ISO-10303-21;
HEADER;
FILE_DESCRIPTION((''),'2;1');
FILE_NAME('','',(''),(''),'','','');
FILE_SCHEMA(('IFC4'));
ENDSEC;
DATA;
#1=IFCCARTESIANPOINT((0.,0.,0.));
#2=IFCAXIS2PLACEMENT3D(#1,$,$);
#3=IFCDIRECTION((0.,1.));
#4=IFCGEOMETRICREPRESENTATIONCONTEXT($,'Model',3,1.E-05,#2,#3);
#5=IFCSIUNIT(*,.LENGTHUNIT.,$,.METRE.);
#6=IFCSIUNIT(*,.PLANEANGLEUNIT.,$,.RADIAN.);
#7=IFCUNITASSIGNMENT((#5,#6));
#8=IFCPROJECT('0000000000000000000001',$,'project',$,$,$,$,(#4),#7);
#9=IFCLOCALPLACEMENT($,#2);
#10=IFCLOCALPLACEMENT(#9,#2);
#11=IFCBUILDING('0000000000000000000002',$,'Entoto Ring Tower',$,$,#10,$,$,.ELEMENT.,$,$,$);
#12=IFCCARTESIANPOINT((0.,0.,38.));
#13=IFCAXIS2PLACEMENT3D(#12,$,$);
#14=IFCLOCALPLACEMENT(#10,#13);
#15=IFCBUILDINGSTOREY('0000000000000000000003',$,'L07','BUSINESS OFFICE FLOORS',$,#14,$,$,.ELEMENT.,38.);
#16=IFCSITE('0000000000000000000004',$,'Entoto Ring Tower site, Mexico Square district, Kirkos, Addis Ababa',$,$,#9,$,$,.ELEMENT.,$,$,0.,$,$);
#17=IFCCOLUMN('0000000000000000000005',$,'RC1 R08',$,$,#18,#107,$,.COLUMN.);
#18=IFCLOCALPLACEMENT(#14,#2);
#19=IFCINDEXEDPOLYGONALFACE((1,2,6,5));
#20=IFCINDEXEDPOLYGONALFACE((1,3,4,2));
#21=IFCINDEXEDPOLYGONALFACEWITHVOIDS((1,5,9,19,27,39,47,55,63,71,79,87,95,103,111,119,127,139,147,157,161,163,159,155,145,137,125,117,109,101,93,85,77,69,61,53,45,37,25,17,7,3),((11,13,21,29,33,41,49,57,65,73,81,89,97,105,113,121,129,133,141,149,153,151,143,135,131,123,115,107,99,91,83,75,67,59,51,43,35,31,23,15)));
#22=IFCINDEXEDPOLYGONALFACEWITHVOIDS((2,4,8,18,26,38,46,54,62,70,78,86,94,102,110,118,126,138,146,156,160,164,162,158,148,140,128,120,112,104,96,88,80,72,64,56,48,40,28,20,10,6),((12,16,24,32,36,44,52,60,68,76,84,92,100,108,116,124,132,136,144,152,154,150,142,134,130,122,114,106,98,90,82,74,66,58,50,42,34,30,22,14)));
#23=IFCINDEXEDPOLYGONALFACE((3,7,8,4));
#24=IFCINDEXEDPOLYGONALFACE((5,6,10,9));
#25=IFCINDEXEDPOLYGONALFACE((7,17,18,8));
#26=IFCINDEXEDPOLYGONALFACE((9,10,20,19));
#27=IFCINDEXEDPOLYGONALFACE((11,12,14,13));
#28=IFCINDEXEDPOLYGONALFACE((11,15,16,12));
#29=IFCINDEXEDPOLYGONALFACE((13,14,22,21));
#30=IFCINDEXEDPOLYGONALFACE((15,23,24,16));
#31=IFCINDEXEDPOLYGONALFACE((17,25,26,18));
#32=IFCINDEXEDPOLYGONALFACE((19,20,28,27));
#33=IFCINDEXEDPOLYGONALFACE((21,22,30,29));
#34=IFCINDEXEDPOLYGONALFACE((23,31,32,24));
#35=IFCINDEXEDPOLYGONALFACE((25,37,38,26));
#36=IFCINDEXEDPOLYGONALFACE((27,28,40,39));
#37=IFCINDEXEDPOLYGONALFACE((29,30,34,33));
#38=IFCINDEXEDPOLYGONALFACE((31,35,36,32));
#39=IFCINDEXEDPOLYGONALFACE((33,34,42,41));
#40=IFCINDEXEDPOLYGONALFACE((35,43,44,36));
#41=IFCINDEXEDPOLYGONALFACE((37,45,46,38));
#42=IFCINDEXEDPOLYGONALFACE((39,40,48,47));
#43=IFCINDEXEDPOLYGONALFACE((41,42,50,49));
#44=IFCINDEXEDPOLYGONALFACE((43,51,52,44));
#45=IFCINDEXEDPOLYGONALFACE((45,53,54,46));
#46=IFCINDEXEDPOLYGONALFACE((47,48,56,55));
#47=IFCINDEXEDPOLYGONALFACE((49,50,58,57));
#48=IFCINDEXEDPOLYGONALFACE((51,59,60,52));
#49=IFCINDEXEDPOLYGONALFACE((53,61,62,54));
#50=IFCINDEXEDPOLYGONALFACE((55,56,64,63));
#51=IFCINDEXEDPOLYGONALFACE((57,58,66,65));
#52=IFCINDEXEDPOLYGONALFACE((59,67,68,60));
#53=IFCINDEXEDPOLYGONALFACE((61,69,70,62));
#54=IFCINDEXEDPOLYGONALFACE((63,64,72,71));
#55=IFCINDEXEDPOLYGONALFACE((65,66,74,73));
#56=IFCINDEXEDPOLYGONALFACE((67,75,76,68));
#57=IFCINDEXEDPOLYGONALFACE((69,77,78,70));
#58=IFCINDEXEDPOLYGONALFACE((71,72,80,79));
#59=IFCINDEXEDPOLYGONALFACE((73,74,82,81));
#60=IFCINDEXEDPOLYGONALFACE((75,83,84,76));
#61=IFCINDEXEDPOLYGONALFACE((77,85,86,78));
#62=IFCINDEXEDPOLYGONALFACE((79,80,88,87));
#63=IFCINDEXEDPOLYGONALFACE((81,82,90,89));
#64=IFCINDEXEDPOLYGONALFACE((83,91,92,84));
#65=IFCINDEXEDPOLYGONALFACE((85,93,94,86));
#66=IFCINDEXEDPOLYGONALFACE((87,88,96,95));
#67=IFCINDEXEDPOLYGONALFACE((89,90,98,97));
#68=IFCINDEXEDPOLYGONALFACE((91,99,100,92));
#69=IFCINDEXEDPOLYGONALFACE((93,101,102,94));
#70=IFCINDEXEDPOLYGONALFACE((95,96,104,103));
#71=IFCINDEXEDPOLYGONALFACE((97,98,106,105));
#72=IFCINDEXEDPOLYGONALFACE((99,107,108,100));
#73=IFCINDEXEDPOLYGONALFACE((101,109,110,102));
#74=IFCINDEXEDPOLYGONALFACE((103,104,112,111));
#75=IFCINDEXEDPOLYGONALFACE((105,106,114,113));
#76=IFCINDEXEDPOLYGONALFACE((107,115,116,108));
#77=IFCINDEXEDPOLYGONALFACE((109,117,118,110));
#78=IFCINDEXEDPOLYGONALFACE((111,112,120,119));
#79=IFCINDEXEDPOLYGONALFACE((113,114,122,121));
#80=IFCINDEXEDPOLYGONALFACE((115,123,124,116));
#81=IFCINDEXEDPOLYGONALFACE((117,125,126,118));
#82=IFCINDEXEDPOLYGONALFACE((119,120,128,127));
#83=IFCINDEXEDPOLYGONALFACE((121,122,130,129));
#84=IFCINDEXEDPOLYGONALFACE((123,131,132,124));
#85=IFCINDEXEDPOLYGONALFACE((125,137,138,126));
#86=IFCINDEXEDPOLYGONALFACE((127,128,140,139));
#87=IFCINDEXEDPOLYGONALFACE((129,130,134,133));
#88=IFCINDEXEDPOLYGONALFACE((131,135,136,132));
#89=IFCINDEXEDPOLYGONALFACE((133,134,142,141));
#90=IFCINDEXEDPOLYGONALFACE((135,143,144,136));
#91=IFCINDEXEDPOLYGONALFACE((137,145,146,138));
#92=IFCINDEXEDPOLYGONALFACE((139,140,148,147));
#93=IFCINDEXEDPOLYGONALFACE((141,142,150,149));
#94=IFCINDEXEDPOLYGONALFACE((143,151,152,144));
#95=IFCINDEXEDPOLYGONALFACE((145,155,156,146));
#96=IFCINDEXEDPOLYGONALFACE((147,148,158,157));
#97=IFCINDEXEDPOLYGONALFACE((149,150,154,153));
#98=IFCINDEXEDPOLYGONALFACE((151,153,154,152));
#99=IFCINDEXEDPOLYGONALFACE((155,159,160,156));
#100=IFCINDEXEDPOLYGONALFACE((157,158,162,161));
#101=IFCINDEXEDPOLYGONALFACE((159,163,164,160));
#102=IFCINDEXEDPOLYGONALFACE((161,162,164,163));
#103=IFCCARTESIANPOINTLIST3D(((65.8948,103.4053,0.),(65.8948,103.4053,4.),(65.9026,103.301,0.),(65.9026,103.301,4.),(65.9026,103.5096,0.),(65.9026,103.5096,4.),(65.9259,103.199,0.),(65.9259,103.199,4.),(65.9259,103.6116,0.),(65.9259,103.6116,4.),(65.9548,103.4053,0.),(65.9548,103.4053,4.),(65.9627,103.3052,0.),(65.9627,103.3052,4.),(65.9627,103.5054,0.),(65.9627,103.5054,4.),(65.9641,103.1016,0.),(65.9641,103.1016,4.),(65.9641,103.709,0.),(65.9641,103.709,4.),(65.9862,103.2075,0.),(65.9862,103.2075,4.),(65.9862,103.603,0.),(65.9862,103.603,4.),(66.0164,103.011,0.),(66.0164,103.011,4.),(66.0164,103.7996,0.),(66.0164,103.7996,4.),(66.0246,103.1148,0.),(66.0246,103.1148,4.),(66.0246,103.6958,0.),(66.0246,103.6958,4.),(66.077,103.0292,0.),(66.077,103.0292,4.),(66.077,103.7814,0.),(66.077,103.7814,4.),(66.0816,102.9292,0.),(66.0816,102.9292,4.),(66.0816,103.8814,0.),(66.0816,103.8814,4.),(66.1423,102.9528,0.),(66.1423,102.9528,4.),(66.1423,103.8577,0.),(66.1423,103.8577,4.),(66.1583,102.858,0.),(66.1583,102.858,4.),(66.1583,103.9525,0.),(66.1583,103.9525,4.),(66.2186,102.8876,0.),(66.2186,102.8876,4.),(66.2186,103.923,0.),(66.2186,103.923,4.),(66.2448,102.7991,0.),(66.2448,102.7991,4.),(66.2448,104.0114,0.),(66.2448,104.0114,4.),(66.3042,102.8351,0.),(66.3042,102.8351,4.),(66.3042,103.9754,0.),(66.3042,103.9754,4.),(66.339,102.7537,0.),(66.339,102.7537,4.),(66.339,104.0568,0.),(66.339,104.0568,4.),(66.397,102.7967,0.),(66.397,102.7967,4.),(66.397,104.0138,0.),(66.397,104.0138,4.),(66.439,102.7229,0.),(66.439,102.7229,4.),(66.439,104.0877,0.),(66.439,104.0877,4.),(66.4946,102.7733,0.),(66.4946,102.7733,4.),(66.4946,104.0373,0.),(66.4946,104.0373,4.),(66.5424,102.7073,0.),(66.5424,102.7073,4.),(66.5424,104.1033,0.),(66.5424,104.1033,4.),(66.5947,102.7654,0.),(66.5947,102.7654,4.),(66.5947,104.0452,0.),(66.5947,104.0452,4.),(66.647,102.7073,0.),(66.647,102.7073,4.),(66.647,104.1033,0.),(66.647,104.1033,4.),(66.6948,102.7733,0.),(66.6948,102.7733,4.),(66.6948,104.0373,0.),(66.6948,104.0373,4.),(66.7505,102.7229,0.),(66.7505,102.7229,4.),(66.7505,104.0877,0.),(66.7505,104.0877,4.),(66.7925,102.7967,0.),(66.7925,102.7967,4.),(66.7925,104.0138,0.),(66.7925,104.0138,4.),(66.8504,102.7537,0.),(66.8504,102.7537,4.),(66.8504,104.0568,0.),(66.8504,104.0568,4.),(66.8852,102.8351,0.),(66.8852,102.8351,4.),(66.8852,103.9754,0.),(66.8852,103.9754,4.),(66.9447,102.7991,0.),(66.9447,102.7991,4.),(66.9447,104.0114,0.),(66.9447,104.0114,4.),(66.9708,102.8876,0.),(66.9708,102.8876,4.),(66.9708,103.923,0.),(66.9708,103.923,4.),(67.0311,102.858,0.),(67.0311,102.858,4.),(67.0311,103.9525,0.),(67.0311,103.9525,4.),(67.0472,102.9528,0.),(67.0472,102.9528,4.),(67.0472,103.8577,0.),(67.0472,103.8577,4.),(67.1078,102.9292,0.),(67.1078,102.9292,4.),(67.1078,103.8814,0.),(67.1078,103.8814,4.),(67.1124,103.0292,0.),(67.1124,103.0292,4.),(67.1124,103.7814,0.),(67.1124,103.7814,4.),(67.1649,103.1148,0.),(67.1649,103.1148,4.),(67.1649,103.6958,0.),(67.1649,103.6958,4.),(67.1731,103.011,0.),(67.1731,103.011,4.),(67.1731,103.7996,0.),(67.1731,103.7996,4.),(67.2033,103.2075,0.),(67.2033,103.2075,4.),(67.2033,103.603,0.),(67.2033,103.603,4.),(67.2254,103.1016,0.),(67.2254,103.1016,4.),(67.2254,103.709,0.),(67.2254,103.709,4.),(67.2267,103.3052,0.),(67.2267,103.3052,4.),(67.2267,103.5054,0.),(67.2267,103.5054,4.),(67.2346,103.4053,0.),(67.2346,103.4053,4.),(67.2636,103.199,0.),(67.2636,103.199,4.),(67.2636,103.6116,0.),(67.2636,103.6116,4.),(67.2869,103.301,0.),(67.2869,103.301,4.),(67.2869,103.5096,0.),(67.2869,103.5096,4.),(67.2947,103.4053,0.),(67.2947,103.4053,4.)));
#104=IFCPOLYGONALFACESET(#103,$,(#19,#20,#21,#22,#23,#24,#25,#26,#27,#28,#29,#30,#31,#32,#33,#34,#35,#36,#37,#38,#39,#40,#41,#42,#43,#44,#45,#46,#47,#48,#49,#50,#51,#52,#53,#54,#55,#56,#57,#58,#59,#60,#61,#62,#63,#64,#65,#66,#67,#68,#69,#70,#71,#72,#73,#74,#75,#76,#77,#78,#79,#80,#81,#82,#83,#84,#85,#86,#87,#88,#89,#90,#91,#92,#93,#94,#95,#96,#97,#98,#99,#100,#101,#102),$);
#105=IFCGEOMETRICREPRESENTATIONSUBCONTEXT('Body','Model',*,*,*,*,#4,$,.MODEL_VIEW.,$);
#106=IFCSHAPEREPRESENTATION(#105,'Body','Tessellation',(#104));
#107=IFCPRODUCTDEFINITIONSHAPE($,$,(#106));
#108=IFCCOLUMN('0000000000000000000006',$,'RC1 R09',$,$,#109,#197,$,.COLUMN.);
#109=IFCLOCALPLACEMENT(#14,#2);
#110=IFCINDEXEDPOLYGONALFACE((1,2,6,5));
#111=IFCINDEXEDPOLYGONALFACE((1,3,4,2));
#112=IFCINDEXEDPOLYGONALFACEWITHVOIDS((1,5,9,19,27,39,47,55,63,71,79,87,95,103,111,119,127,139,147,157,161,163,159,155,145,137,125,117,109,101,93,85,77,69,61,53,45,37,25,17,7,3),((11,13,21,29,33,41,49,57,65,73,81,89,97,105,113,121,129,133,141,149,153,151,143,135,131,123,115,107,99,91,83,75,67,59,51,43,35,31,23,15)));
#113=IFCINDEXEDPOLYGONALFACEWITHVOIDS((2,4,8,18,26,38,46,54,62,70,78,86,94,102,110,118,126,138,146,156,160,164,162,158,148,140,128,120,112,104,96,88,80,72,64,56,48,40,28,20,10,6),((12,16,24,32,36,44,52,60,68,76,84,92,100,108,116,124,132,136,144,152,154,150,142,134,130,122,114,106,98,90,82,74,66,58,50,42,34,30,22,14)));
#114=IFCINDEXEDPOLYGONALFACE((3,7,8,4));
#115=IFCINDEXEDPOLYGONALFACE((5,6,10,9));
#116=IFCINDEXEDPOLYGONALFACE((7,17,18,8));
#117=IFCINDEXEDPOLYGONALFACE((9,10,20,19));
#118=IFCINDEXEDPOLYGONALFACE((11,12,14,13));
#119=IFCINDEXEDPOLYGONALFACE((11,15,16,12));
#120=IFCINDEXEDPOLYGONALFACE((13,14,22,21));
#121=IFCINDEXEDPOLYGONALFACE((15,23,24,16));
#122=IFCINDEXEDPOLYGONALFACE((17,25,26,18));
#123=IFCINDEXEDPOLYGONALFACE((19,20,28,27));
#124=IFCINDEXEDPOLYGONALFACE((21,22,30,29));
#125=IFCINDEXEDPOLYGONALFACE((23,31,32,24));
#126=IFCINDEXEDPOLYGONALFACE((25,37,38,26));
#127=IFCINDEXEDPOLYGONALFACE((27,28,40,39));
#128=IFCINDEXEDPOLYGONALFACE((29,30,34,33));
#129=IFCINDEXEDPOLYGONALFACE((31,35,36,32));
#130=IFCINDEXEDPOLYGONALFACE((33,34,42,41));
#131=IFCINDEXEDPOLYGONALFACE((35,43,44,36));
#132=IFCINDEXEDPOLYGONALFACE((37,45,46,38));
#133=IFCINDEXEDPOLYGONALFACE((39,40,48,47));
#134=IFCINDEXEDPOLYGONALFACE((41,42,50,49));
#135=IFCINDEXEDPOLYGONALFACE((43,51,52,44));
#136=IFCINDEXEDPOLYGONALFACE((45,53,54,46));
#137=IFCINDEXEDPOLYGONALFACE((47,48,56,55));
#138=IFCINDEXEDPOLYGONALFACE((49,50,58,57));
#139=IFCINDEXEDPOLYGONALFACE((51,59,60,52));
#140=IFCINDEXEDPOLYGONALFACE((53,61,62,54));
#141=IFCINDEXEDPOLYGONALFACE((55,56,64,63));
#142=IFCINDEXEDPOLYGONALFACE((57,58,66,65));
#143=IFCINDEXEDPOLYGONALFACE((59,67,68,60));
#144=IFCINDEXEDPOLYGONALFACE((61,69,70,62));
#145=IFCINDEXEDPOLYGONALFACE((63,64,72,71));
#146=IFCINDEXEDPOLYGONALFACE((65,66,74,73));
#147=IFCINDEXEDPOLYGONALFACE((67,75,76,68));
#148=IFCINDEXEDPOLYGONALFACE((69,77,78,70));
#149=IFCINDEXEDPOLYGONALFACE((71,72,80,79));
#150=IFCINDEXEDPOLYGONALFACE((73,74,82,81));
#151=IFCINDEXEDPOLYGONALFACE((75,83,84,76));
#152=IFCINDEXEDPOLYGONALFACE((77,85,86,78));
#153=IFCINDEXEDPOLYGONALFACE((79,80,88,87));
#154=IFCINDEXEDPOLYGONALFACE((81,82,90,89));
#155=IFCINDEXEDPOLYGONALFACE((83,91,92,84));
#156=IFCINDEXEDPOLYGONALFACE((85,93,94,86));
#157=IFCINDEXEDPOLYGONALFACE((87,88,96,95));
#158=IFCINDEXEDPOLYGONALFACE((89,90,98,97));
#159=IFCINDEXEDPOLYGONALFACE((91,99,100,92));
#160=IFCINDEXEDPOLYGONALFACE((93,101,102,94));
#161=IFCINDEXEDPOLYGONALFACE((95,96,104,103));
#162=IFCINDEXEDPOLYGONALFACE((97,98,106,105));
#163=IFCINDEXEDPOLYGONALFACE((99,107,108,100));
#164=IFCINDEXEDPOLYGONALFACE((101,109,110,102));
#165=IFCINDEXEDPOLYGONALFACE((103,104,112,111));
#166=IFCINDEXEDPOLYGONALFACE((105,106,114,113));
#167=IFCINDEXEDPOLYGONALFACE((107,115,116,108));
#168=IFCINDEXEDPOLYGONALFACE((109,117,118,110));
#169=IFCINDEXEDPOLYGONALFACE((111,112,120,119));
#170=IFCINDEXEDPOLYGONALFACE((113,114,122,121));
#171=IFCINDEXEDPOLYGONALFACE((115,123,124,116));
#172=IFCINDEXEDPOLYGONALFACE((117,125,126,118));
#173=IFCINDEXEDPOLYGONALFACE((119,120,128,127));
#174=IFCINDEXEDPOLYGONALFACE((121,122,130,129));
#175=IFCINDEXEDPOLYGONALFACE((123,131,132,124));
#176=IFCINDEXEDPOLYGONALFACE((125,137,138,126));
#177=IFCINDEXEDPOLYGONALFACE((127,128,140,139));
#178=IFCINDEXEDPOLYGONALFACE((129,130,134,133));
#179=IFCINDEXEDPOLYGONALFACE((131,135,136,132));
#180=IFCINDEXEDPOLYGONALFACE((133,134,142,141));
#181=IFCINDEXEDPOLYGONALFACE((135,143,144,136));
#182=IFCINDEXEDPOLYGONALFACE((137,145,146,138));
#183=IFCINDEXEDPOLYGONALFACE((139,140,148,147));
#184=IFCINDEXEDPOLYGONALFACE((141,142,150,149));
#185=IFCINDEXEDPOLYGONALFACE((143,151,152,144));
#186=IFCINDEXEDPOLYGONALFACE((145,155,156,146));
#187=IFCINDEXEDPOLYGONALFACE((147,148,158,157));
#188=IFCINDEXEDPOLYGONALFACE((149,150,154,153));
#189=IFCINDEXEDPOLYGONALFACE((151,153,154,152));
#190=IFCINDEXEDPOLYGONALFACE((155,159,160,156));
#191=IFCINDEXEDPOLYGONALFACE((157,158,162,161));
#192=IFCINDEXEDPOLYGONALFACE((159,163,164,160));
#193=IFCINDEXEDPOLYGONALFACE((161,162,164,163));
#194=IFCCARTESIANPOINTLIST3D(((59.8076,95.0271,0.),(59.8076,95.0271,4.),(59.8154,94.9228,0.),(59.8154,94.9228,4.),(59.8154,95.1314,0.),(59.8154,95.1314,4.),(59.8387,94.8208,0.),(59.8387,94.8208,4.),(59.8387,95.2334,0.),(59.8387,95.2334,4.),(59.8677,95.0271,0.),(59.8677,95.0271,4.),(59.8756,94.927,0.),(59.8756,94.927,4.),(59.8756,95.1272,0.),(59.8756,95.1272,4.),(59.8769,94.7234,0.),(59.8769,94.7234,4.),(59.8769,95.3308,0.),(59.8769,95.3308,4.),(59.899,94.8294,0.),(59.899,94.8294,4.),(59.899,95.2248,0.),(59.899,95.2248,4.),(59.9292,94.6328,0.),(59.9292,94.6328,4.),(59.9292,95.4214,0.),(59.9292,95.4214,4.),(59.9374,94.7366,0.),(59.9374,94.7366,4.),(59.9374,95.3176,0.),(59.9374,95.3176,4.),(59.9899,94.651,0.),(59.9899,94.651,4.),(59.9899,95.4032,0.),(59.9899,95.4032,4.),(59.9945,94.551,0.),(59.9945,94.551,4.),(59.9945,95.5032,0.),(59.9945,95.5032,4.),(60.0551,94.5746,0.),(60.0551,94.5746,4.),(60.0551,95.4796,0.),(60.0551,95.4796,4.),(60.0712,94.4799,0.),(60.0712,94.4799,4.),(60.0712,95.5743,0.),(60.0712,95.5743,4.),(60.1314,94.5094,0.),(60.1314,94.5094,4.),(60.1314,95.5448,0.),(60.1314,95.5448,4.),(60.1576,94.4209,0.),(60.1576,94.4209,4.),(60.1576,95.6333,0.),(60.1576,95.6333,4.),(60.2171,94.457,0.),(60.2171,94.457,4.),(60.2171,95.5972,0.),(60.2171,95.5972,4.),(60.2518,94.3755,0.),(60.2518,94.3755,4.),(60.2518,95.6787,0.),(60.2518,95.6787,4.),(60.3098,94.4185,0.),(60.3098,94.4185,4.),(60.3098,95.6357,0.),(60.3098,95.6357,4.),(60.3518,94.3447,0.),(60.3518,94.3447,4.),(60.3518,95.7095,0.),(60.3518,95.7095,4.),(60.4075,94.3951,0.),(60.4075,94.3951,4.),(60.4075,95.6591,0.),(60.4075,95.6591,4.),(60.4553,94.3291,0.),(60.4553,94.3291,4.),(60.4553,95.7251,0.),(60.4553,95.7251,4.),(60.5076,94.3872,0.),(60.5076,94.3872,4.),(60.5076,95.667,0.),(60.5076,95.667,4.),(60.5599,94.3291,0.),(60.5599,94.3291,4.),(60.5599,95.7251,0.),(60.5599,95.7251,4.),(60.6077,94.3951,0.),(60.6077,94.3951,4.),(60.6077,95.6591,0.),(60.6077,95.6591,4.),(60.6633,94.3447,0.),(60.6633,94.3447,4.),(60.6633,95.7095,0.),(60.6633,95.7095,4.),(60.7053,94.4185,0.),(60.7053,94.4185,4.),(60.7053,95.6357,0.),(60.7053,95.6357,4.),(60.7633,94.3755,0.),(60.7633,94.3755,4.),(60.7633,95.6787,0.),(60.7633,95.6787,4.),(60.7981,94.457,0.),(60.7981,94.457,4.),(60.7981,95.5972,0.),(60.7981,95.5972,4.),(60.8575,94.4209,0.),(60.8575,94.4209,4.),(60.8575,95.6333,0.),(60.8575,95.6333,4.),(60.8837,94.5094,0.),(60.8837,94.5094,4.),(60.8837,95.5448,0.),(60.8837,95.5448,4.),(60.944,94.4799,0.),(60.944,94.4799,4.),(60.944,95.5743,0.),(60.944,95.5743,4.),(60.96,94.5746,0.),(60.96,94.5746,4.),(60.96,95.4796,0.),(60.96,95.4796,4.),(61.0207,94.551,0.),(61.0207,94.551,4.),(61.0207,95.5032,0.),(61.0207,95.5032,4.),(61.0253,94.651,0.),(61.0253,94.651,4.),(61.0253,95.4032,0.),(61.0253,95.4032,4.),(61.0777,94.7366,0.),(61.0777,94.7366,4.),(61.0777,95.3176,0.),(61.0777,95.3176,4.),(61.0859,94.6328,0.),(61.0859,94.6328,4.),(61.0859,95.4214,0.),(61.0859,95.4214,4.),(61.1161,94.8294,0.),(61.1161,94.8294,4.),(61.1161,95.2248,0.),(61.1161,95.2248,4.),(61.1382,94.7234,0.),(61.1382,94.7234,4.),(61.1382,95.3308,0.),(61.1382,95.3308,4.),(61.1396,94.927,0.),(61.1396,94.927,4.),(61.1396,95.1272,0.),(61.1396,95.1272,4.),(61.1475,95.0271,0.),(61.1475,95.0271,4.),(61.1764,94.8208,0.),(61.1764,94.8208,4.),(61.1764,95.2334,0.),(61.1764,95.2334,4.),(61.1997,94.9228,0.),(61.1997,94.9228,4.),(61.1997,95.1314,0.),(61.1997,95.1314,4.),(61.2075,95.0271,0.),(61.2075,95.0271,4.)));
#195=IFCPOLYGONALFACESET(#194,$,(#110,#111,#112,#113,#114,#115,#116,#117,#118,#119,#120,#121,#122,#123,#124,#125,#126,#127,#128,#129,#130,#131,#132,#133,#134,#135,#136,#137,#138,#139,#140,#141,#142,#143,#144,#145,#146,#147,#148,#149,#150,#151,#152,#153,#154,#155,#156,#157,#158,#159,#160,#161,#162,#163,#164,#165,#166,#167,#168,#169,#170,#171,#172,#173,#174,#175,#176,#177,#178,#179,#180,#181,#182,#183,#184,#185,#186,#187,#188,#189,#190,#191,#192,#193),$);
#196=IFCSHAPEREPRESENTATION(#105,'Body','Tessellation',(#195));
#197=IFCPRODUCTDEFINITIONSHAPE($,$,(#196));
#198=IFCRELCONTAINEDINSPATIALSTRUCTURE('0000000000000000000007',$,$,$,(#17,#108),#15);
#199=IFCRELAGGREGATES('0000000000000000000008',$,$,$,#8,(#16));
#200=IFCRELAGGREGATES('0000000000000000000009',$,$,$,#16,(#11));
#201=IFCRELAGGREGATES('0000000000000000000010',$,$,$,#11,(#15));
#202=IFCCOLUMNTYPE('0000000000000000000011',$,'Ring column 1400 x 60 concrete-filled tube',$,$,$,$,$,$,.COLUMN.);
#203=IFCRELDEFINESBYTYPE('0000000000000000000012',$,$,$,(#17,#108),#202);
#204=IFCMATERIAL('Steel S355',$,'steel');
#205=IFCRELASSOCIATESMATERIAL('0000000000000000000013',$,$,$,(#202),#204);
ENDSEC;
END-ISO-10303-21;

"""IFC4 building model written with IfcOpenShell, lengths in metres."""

from ifc_helpers import new_model, si_unit, direction, frame, origin, origin_2d, place, context, subcontext, project, spatial, circle, hollow_circle, extrude, material, material_profile, profile_set, type_object, element, save


model = new_model("IFC4")

# Units and contexts
model_context = context("Model", 3, precision=1e-05, world=origin(), true_north=direction((0.0, 1.0)))
body_context = subcontext(model_context, "Body", "Model", "MODEL_VIEW")
ifc_project = project(units=[si_unit("LENGTHUNIT", "METRE"), si_unit("PLANEANGLEUNIT", "RADIAN")], contexts=[model_context])

# Site, building, storey
site_placement = place(None, origin())
site = spatial("IfcSite", under=ifc_project, at=site_placement, Name="Entoto Ring Tower site, Mexico Square district, Kirkos, Addis Ababa", CompositionType="ELEMENT", RefElevation=0.0)
building_placement = place(site_placement, origin())
building = spatial("IfcBuilding", under=site, at=building_placement, Name="Entoto Ring Tower", CompositionType="ELEMENT")
storey_placement = place(building_placement, frame((0.0, 0.0, 38.0)))
storey = spatial("IfcBuildingStorey", under=building, at=storey_placement, Name="L07", Description="BUSINESS OFFICE FLOORS", CompositionType="ELEMENT", Elevation=38.0)

# Columns
ifc_material_1 = material(Name="Steel S355", Category="steel")
ifc_material_profile_1 = material_profile(ifc_material_1, hollow_circle(Radius=0.7, WallThickness=0.0601, at=origin_2d()), Name="CHS 1400 x 60")
ifc_material_2 = material(Name="Concrete C60/75", Category="concrete")
ifc_material_profile_2 = material_profile(ifc_material_2, circle(Radius=0.6399, at=origin_2d()), Name="Concrete C60/75 infill")
ifc_profile_set_1 = profile_set([ifc_material_profile_1, ifc_material_profile_2], Name="Steel S355")
column_type = type_object("IfcColumnType", Name="Ring column 1400 x 60 concrete-filled tube", PredefinedType="COLUMN", material=ifc_profile_set_1)
for number, where, z_axis, x_axis, name in (
    (1, (66.5947, 103.4053, 0.0), (0.0, 0.0, 1.0), (1.0, 0.0, 0.0), "RC1 R08"),
    (2, (60.5076, 95.0271, 0.0), (0.0, 0.0, 1.0), (1.0, 0.0, 0.0), "RC1 R09"),
):
    element("IfcColumn", number, at=place(storey_placement, frame(where, z_axis=z_axis, x_axis=x_axis)), inside=storey, type_object=column_type, Name=name, PredefinedType="COLUMN", context=body_context, shape_type="SweptSolid", body=[
        extrude(hollow_circle(Radius=0.7, WallThickness=0.0601, at=origin_2d()), origin(), (0.0, 0.0, 1.0), 4.0),
    ])

save(model, "model.ifc")
